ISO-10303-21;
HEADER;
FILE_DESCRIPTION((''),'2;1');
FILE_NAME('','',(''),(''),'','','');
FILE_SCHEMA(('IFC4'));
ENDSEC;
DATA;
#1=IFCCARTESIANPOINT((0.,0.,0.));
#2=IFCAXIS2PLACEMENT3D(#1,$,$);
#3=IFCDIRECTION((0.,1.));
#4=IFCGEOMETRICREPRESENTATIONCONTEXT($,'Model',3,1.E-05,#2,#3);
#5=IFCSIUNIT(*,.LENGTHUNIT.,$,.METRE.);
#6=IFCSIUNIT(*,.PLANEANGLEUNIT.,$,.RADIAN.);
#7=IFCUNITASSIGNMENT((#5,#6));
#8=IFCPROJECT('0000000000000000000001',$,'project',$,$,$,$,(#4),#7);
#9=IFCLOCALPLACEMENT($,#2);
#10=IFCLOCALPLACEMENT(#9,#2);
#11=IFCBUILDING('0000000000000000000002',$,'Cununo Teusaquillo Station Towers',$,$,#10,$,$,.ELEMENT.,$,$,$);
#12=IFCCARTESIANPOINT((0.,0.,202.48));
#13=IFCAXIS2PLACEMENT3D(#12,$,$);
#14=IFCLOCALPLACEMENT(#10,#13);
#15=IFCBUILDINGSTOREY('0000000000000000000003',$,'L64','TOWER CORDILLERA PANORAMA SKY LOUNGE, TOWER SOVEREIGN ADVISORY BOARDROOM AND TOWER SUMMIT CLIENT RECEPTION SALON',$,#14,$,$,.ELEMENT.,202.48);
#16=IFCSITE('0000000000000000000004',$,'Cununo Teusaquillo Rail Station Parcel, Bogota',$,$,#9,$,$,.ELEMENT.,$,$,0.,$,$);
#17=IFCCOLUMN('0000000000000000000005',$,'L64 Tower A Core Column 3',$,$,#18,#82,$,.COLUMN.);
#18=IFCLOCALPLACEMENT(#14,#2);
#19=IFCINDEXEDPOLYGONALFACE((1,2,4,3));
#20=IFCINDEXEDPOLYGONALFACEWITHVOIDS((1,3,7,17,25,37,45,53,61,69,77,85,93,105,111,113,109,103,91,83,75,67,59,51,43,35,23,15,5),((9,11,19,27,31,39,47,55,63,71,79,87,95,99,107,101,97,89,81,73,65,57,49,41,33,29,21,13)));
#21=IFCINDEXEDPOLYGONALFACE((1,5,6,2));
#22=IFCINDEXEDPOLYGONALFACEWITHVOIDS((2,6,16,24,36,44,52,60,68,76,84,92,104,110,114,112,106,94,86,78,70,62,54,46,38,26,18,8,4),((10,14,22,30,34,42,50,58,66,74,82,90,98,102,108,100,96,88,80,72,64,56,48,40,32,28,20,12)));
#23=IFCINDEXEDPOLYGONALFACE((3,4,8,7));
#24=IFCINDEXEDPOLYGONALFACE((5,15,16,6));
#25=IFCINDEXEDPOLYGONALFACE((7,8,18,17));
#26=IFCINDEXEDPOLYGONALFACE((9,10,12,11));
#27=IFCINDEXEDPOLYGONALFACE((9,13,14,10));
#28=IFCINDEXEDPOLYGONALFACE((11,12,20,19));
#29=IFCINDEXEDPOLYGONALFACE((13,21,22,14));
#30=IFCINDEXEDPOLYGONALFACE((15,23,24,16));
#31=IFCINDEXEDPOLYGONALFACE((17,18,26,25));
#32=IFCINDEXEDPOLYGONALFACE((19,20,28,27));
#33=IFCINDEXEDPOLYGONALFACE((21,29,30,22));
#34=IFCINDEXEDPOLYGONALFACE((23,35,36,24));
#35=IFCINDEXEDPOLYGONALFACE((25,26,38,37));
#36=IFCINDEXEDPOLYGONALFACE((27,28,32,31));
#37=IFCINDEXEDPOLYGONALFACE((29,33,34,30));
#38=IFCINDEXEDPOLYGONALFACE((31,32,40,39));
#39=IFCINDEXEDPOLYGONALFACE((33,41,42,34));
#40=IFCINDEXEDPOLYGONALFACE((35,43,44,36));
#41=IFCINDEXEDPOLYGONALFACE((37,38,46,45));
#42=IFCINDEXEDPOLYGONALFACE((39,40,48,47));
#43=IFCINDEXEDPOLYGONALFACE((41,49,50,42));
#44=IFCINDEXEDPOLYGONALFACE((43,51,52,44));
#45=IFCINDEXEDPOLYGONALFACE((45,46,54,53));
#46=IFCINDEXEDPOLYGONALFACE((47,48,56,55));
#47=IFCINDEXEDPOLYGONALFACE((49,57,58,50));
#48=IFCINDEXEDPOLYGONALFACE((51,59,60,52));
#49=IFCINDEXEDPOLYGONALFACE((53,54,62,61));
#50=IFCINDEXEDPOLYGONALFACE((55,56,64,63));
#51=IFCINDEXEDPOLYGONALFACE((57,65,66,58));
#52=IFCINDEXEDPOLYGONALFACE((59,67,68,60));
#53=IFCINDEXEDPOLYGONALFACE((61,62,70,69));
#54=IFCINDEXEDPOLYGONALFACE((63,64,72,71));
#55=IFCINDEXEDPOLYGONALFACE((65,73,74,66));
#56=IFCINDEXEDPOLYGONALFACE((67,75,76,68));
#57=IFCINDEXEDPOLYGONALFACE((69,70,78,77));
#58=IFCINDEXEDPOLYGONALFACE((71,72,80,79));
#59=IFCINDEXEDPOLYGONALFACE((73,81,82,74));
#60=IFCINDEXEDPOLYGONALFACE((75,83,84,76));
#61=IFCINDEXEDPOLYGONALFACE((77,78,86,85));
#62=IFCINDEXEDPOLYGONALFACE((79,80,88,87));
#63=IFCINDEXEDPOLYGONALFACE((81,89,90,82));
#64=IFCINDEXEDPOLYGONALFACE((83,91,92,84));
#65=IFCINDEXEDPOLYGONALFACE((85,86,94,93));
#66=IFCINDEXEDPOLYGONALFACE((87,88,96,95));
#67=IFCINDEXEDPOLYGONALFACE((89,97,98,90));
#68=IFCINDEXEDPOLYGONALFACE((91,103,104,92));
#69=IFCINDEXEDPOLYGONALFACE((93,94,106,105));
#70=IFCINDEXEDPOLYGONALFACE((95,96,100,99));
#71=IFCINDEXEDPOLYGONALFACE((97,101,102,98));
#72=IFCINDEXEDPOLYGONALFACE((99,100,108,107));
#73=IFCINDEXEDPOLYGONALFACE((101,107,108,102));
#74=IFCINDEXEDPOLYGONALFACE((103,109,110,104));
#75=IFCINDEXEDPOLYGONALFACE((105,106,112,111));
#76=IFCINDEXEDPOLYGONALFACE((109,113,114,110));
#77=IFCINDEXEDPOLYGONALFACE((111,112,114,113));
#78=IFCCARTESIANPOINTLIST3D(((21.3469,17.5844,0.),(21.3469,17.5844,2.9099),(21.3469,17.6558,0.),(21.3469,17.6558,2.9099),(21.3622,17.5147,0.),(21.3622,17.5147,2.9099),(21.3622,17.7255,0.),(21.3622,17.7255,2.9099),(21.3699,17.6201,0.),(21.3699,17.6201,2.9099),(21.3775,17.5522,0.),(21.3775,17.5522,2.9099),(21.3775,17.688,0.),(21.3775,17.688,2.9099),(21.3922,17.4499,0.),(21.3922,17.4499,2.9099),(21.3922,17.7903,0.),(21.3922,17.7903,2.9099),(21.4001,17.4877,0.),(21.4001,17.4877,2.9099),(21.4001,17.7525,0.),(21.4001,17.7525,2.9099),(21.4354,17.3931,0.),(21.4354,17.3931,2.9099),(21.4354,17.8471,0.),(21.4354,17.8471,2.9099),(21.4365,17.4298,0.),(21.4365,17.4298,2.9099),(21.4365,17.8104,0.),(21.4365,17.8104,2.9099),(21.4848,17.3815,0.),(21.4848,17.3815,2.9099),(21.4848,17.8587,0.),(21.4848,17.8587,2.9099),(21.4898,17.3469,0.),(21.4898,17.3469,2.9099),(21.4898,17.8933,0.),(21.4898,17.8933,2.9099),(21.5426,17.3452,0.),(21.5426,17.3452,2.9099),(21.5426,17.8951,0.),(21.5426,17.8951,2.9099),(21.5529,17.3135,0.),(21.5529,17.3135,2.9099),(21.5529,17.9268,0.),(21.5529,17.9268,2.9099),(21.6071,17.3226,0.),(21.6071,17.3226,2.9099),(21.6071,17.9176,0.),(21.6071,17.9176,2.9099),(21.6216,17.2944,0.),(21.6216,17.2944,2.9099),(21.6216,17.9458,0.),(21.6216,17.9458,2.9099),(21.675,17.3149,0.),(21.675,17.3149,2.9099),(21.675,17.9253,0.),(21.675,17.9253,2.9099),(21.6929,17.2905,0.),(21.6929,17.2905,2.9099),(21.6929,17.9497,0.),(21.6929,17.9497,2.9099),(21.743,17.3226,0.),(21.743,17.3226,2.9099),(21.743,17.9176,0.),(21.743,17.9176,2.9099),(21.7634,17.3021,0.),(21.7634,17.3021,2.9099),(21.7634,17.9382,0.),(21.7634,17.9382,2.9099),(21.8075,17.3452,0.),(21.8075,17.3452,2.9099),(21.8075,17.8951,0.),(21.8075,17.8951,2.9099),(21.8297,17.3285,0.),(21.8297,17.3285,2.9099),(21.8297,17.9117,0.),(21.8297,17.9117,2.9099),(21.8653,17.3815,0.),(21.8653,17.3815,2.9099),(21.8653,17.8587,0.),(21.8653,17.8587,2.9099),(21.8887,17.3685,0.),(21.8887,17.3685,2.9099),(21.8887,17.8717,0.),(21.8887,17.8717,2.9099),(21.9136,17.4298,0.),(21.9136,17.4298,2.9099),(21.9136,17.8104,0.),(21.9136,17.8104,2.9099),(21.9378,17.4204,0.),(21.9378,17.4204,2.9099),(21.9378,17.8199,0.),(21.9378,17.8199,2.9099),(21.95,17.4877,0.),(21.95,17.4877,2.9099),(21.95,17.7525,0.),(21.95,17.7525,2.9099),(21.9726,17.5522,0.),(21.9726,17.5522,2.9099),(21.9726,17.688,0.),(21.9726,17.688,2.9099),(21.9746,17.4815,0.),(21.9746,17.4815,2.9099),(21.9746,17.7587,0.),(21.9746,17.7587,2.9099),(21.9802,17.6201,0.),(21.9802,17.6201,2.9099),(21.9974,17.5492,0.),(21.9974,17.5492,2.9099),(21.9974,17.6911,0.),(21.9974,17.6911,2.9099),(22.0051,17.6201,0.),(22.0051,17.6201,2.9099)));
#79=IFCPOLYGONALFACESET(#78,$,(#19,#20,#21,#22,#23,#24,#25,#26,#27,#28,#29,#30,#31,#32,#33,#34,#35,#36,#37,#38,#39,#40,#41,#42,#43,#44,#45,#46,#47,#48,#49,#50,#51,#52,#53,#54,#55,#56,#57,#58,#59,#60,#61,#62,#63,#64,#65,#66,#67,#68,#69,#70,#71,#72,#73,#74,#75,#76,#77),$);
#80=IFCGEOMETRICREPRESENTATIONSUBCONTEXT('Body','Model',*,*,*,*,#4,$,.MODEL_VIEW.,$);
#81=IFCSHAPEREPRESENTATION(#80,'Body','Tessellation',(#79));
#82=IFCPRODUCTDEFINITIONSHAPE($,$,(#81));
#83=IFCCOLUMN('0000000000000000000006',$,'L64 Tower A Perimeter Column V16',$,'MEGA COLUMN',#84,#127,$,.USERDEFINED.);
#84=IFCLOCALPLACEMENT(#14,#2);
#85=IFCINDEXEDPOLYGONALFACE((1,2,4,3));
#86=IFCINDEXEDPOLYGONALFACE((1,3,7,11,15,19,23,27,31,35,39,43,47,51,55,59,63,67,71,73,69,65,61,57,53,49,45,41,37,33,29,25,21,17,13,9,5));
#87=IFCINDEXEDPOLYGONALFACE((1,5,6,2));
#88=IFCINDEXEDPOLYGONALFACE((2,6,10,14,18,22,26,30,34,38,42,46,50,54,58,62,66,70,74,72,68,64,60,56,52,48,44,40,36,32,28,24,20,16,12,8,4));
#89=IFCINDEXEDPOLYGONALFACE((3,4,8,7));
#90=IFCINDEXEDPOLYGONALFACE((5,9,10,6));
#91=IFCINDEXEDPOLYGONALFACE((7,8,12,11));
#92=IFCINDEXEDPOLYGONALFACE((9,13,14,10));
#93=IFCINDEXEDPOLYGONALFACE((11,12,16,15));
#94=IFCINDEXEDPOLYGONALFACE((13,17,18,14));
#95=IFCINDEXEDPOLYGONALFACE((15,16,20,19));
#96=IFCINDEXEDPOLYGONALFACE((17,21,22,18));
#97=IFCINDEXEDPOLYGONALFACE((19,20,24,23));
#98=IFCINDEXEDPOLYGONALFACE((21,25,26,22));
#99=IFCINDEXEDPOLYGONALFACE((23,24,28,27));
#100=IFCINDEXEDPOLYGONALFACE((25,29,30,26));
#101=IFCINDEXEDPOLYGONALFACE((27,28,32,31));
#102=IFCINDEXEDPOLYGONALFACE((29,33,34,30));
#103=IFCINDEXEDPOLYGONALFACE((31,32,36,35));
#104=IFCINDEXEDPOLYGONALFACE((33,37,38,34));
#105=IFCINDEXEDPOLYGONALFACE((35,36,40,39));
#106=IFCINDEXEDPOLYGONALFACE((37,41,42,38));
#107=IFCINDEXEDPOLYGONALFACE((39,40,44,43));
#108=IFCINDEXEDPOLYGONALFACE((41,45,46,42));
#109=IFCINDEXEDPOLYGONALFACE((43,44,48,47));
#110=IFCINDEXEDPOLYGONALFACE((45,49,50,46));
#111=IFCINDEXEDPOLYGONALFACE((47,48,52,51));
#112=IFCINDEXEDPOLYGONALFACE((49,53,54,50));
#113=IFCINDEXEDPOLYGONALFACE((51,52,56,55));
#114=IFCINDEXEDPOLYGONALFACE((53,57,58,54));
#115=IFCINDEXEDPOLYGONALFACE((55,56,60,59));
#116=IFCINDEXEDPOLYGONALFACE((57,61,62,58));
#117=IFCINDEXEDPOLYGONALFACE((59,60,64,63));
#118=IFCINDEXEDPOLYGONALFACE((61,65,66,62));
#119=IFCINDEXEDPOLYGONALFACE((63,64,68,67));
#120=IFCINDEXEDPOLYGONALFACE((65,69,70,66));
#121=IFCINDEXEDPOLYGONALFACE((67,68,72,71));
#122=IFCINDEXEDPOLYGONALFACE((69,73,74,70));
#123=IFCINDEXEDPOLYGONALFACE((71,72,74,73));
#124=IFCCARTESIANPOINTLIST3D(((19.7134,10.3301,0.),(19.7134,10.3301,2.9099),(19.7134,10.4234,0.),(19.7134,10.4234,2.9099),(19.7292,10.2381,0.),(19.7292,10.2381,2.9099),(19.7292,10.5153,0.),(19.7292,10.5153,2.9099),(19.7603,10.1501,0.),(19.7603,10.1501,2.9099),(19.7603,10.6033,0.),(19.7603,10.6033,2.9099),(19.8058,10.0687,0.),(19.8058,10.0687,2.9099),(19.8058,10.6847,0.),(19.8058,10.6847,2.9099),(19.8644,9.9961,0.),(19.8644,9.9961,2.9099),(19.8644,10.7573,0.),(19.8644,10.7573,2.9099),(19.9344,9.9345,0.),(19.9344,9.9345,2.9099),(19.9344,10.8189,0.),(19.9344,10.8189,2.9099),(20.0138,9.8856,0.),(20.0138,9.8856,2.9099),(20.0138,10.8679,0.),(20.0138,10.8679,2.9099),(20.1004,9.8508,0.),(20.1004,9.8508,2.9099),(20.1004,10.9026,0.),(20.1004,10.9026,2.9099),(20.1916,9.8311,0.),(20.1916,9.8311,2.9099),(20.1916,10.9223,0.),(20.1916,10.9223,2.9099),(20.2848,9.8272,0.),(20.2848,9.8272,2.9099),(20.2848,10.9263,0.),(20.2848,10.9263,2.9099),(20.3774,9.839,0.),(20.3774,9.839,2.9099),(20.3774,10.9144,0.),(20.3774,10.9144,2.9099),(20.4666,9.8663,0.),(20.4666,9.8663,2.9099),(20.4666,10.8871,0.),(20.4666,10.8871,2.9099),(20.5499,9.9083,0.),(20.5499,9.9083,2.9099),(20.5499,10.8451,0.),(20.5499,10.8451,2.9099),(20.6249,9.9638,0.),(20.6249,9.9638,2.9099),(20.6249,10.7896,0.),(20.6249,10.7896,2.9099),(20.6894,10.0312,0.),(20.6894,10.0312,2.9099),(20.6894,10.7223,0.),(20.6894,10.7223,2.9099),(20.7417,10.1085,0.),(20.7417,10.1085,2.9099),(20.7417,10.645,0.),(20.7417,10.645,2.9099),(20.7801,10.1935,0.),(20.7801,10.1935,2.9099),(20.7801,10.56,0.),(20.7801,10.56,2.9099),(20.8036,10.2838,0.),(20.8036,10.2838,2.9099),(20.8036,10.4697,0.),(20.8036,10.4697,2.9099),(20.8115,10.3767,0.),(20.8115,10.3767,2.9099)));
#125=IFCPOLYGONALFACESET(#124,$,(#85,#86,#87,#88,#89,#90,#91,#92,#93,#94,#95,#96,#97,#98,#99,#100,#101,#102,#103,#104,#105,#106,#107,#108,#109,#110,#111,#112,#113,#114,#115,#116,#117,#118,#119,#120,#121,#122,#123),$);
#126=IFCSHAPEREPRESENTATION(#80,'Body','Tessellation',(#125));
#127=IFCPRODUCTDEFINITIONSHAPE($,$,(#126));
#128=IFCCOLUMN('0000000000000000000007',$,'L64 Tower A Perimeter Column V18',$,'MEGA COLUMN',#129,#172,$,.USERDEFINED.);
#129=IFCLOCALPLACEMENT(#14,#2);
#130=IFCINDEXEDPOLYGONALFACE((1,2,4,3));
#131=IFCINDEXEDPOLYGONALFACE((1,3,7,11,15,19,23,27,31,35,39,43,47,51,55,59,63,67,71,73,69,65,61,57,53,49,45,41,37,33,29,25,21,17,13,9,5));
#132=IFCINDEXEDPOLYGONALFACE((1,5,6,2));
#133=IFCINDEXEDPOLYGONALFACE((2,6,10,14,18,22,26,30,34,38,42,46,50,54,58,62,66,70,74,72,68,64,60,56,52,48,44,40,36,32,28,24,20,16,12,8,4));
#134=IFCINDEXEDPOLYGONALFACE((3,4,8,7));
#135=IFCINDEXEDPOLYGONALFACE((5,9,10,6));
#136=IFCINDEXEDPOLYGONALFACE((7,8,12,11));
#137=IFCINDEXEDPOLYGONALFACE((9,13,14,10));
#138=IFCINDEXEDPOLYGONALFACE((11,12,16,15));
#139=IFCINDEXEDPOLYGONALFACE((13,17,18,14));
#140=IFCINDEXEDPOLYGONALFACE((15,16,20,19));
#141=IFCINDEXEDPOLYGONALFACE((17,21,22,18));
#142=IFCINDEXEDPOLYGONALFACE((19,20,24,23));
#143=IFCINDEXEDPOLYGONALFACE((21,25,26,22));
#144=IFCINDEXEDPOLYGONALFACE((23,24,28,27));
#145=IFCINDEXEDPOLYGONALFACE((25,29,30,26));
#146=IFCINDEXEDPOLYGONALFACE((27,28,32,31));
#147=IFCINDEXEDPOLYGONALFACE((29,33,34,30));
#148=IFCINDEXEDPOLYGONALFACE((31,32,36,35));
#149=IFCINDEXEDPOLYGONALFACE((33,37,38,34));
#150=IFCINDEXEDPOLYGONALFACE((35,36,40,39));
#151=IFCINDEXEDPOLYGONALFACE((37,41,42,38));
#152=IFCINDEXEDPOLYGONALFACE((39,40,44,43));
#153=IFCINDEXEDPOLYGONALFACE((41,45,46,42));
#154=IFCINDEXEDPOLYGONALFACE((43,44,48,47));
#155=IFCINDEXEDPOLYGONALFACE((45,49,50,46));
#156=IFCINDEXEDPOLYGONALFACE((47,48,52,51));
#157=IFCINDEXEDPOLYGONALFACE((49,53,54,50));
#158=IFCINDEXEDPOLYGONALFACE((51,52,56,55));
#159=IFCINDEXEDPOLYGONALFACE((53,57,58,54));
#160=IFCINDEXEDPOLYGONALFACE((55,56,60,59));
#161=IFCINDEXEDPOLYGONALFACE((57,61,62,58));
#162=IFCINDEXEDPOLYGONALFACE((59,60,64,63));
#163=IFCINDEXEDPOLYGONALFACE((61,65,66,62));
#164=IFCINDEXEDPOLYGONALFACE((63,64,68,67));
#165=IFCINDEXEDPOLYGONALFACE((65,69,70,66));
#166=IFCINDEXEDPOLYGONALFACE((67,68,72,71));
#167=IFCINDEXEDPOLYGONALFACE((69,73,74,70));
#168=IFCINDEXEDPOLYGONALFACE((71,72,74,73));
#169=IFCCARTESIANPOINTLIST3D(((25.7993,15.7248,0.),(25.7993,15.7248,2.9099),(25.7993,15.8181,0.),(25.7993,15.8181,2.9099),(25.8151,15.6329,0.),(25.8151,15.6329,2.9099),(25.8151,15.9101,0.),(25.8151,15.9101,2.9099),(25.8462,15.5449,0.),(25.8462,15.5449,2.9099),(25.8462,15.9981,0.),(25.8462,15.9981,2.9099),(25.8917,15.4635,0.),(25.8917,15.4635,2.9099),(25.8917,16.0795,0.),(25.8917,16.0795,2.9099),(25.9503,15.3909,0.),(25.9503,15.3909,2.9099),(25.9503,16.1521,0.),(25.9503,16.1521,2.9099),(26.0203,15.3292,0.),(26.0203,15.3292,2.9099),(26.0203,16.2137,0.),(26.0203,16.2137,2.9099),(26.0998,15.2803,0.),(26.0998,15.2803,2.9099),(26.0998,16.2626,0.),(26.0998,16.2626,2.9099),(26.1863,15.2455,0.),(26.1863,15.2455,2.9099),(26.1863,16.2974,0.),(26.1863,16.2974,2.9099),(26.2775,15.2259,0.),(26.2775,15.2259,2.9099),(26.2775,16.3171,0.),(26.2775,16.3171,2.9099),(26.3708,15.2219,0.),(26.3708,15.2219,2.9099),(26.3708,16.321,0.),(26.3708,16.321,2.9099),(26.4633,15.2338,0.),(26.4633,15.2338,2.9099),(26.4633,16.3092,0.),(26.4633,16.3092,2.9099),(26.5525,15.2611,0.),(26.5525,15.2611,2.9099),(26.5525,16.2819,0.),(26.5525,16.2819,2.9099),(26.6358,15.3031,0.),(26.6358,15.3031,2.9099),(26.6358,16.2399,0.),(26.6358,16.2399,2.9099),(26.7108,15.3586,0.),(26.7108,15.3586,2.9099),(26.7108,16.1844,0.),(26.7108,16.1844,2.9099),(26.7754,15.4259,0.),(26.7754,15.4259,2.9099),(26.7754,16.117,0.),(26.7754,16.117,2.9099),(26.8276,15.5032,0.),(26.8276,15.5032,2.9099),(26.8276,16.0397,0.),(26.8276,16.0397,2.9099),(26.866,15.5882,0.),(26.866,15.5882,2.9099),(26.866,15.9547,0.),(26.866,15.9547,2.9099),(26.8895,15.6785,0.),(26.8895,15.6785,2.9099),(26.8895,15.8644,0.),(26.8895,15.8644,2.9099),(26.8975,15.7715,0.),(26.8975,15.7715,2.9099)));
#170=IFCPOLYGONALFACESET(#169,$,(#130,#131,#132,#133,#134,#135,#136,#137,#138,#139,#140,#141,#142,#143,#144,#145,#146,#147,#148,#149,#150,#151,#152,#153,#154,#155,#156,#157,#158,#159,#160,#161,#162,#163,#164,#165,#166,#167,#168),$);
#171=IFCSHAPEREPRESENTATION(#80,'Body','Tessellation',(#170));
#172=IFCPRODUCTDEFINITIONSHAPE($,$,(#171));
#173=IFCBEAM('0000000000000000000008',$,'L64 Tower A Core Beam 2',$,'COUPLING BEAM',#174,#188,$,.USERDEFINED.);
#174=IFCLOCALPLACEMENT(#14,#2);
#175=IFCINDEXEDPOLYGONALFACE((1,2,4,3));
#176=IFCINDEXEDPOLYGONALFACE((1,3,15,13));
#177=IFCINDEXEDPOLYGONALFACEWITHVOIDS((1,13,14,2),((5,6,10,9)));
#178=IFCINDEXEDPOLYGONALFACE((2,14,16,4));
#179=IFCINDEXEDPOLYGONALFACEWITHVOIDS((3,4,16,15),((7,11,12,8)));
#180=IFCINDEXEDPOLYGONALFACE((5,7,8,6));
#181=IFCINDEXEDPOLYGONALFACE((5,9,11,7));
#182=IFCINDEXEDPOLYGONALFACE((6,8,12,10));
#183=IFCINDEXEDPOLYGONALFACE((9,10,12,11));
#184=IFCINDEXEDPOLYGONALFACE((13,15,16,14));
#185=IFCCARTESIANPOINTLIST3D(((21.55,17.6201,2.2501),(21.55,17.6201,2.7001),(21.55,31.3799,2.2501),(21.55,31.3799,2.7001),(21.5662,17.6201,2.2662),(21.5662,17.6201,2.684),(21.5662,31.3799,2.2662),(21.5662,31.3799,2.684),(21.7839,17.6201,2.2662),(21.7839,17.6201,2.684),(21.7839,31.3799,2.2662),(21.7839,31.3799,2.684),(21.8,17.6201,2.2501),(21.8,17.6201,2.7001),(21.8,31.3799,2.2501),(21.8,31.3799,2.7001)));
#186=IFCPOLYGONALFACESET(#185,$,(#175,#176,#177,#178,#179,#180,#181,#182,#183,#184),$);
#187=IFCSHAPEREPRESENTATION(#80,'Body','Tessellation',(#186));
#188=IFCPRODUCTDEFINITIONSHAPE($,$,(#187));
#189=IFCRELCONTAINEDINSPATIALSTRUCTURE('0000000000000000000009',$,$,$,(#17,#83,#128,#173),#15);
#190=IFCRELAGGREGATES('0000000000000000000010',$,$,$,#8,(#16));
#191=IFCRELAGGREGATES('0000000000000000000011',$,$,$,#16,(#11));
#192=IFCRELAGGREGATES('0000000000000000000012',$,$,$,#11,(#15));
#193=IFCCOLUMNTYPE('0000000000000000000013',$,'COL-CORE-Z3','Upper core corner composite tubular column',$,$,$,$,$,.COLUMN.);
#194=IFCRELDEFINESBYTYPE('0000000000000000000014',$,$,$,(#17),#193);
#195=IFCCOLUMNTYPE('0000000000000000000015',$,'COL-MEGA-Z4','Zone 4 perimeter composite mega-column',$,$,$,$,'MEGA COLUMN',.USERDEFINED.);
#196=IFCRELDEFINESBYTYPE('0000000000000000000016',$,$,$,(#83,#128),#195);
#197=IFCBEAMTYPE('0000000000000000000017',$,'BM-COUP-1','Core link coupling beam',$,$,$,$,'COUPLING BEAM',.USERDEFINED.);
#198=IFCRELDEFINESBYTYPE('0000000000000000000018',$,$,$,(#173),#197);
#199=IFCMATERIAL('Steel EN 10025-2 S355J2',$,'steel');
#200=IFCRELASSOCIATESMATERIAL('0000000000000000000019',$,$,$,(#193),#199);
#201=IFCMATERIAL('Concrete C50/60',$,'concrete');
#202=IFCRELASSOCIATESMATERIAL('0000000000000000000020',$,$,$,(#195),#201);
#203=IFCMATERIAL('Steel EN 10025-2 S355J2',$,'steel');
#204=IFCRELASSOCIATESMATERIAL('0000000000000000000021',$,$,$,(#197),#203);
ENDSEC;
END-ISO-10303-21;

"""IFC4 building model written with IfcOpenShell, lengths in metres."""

from ifc_helpers import new_model, si_unit, direction, frame, origin, origin_2d, place, context, subcontext, project, spatial, hollow_rectangle, circle, hollow_circle, extrude, material, material_profile, profile_set, type_object, element, save


model = new_model("IFC4")

# Units and contexts
model_context = context("Model", 3, precision=1e-05, world=origin(), true_north=direction((0.0, 1.0)))
body_context = subcontext(model_context, "Body", "Model", "MODEL_VIEW")
ifc_project = project(units=[si_unit("LENGTHUNIT", "METRE"), si_unit("PLANEANGLEUNIT", "RADIAN")], contexts=[model_context])

# Site, building, storey
site_placement = place(None, origin())
site = spatial("IfcSite", under=ifc_project, at=site_placement, Name="Cununo Teusaquillo Rail Station Parcel, Bogota", CompositionType="ELEMENT", RefElevation=0.0)
building_placement = place(site_placement, origin())
building = spatial("IfcBuilding", under=site, at=building_placement, Name="Cununo Teusaquillo Station Towers", CompositionType="ELEMENT")
storey_placement = place(building_placement, frame((0.0, 0.0, 202.48)))
storey = spatial("IfcBuildingStorey", under=building, at=storey_placement, Name="L64", Description="TOWER CORDILLERA PANORAMA SKY LOUNGE, TOWER SOVEREIGN ADVISORY BOARDROOM AND TOWER SUMMIT CLIENT RECEPTION SALON", CompositionType="ELEMENT", Elevation=202.48)

# Columns
ifc_material_1 = material(Name="Steel EN 10025-2 S355J2", Category="steel")
ifc_material_profile_1 = material_profile(ifc_material_1, hollow_circle(Radius=0.3301, WallThickness=0.0249, at=origin_2d()), Name="CHS 660x25")
ifc_profile_set_1 = profile_set([ifc_material_profile_1], Name="Steel EN 10025-2 S355J2")
column_type_1 = type_object("IfcColumnType", Name="COL-CORE-Z3", Description="Upper core corner composite tubular column", PredefinedType="COLUMN", material=ifc_profile_set_1)
column_placement = place(storey_placement, frame((21.675, 17.6201, 0.0), z_axis=(0.0, 0.0, 1.0), x_axis=(1.0, 0.0, 0.0)))
element("IfcColumn", 1, at=column_placement, inside=storey, type_object=column_type_1, Name="L64 Tower A Core Column 3", PredefinedType="COLUMN", context=body_context, shape_type="SweptSolid", body=[
    extrude(hollow_circle(Radius=0.3301, WallThickness=0.0249, at=origin_2d()), origin(), (0.0, 0.0, 1.0), 2.9099),
])
ifc_material_2 = material(Name="Concrete C50/60", Category="concrete")
ifc_material_profile_2 = material_profile(ifc_material_2, circle(Radius=0.55, at=origin_2d()), Name="RC-CIRC-1100")
ifc_profile_set_2 = profile_set([ifc_material_profile_2], Name="Concrete C50/60")
column_type_2 = type_object("IfcColumnType", Name="COL-MEGA-Z4", Description="Zone 4 perimeter composite mega-column", ElementType="MEGA COLUMN", PredefinedType="USERDEFINED", material=ifc_profile_set_2)
for number, where, z_axis, x_axis, name in (
    (2, (20.2615, 10.3767, 0.0), (0.0, 0.0, 1.0), (1.0, 0.0, 0.0), "L64 Tower A Perimeter Column V16"),
    (3, (26.3474, 15.7715, 0.0), (0.0, 0.0, 1.0), (1.0, 0.0, 0.0), "L64 Tower A Perimeter Column V18"),
):
    element("IfcColumn", number, at=place(storey_placement, frame(where, z_axis=z_axis, x_axis=x_axis)), inside=storey, type_object=column_type_2, Name=name, ObjectType="MEGA COLUMN", PredefinedType="USERDEFINED", context=body_context, shape_type="SweptSolid", body=[
        extrude(circle(Radius=0.55, at=origin_2d()), origin(), (0.0, 0.0, 1.0), 2.9099),
    ])

# Beam
ifc_material_3 = material(Name="Steel EN 10025-2 S355J2", Category="steel")
ifc_material_profile_3 = material_profile(ifc_material_3, hollow_rectangle(XDim=0.25, YDim=0.45, WallThickness=0.0161, at=origin_2d()), Name="RHS 450x250x16")
ifc_profile_set_3 = profile_set([ifc_material_profile_3], Name="Steel EN 10025-2 S355J2")
beam_type_1 = type_object("IfcBeamType", Name="BM-COUP-1", Description="Core link coupling beam", ElementType="COUPLING BEAM", PredefinedType="USERDEFINED", material=ifc_profile_set_3)
beam_1_placement = place(storey_placement, frame((21.675, 17.6201, 2.4751), z_axis=(0.0, 1.0, 0.0), x_axis=(-1.0, 0.0, 0.0)))
element("IfcBeam", 4, at=beam_1_placement, inside=storey, type_object=beam_type_1, Name="L64 Tower A Core Beam 2", ObjectType="COUPLING BEAM", PredefinedType="USERDEFINED", context=body_context, shape_type="SweptSolid", body=[
    extrude(hollow_rectangle(XDim=0.25, YDim=0.45, WallThickness=0.0161, at=origin_2d()), origin(), (0.0, 0.0, 1.0), 13.7598),
])

save(model, "model.ifc")
